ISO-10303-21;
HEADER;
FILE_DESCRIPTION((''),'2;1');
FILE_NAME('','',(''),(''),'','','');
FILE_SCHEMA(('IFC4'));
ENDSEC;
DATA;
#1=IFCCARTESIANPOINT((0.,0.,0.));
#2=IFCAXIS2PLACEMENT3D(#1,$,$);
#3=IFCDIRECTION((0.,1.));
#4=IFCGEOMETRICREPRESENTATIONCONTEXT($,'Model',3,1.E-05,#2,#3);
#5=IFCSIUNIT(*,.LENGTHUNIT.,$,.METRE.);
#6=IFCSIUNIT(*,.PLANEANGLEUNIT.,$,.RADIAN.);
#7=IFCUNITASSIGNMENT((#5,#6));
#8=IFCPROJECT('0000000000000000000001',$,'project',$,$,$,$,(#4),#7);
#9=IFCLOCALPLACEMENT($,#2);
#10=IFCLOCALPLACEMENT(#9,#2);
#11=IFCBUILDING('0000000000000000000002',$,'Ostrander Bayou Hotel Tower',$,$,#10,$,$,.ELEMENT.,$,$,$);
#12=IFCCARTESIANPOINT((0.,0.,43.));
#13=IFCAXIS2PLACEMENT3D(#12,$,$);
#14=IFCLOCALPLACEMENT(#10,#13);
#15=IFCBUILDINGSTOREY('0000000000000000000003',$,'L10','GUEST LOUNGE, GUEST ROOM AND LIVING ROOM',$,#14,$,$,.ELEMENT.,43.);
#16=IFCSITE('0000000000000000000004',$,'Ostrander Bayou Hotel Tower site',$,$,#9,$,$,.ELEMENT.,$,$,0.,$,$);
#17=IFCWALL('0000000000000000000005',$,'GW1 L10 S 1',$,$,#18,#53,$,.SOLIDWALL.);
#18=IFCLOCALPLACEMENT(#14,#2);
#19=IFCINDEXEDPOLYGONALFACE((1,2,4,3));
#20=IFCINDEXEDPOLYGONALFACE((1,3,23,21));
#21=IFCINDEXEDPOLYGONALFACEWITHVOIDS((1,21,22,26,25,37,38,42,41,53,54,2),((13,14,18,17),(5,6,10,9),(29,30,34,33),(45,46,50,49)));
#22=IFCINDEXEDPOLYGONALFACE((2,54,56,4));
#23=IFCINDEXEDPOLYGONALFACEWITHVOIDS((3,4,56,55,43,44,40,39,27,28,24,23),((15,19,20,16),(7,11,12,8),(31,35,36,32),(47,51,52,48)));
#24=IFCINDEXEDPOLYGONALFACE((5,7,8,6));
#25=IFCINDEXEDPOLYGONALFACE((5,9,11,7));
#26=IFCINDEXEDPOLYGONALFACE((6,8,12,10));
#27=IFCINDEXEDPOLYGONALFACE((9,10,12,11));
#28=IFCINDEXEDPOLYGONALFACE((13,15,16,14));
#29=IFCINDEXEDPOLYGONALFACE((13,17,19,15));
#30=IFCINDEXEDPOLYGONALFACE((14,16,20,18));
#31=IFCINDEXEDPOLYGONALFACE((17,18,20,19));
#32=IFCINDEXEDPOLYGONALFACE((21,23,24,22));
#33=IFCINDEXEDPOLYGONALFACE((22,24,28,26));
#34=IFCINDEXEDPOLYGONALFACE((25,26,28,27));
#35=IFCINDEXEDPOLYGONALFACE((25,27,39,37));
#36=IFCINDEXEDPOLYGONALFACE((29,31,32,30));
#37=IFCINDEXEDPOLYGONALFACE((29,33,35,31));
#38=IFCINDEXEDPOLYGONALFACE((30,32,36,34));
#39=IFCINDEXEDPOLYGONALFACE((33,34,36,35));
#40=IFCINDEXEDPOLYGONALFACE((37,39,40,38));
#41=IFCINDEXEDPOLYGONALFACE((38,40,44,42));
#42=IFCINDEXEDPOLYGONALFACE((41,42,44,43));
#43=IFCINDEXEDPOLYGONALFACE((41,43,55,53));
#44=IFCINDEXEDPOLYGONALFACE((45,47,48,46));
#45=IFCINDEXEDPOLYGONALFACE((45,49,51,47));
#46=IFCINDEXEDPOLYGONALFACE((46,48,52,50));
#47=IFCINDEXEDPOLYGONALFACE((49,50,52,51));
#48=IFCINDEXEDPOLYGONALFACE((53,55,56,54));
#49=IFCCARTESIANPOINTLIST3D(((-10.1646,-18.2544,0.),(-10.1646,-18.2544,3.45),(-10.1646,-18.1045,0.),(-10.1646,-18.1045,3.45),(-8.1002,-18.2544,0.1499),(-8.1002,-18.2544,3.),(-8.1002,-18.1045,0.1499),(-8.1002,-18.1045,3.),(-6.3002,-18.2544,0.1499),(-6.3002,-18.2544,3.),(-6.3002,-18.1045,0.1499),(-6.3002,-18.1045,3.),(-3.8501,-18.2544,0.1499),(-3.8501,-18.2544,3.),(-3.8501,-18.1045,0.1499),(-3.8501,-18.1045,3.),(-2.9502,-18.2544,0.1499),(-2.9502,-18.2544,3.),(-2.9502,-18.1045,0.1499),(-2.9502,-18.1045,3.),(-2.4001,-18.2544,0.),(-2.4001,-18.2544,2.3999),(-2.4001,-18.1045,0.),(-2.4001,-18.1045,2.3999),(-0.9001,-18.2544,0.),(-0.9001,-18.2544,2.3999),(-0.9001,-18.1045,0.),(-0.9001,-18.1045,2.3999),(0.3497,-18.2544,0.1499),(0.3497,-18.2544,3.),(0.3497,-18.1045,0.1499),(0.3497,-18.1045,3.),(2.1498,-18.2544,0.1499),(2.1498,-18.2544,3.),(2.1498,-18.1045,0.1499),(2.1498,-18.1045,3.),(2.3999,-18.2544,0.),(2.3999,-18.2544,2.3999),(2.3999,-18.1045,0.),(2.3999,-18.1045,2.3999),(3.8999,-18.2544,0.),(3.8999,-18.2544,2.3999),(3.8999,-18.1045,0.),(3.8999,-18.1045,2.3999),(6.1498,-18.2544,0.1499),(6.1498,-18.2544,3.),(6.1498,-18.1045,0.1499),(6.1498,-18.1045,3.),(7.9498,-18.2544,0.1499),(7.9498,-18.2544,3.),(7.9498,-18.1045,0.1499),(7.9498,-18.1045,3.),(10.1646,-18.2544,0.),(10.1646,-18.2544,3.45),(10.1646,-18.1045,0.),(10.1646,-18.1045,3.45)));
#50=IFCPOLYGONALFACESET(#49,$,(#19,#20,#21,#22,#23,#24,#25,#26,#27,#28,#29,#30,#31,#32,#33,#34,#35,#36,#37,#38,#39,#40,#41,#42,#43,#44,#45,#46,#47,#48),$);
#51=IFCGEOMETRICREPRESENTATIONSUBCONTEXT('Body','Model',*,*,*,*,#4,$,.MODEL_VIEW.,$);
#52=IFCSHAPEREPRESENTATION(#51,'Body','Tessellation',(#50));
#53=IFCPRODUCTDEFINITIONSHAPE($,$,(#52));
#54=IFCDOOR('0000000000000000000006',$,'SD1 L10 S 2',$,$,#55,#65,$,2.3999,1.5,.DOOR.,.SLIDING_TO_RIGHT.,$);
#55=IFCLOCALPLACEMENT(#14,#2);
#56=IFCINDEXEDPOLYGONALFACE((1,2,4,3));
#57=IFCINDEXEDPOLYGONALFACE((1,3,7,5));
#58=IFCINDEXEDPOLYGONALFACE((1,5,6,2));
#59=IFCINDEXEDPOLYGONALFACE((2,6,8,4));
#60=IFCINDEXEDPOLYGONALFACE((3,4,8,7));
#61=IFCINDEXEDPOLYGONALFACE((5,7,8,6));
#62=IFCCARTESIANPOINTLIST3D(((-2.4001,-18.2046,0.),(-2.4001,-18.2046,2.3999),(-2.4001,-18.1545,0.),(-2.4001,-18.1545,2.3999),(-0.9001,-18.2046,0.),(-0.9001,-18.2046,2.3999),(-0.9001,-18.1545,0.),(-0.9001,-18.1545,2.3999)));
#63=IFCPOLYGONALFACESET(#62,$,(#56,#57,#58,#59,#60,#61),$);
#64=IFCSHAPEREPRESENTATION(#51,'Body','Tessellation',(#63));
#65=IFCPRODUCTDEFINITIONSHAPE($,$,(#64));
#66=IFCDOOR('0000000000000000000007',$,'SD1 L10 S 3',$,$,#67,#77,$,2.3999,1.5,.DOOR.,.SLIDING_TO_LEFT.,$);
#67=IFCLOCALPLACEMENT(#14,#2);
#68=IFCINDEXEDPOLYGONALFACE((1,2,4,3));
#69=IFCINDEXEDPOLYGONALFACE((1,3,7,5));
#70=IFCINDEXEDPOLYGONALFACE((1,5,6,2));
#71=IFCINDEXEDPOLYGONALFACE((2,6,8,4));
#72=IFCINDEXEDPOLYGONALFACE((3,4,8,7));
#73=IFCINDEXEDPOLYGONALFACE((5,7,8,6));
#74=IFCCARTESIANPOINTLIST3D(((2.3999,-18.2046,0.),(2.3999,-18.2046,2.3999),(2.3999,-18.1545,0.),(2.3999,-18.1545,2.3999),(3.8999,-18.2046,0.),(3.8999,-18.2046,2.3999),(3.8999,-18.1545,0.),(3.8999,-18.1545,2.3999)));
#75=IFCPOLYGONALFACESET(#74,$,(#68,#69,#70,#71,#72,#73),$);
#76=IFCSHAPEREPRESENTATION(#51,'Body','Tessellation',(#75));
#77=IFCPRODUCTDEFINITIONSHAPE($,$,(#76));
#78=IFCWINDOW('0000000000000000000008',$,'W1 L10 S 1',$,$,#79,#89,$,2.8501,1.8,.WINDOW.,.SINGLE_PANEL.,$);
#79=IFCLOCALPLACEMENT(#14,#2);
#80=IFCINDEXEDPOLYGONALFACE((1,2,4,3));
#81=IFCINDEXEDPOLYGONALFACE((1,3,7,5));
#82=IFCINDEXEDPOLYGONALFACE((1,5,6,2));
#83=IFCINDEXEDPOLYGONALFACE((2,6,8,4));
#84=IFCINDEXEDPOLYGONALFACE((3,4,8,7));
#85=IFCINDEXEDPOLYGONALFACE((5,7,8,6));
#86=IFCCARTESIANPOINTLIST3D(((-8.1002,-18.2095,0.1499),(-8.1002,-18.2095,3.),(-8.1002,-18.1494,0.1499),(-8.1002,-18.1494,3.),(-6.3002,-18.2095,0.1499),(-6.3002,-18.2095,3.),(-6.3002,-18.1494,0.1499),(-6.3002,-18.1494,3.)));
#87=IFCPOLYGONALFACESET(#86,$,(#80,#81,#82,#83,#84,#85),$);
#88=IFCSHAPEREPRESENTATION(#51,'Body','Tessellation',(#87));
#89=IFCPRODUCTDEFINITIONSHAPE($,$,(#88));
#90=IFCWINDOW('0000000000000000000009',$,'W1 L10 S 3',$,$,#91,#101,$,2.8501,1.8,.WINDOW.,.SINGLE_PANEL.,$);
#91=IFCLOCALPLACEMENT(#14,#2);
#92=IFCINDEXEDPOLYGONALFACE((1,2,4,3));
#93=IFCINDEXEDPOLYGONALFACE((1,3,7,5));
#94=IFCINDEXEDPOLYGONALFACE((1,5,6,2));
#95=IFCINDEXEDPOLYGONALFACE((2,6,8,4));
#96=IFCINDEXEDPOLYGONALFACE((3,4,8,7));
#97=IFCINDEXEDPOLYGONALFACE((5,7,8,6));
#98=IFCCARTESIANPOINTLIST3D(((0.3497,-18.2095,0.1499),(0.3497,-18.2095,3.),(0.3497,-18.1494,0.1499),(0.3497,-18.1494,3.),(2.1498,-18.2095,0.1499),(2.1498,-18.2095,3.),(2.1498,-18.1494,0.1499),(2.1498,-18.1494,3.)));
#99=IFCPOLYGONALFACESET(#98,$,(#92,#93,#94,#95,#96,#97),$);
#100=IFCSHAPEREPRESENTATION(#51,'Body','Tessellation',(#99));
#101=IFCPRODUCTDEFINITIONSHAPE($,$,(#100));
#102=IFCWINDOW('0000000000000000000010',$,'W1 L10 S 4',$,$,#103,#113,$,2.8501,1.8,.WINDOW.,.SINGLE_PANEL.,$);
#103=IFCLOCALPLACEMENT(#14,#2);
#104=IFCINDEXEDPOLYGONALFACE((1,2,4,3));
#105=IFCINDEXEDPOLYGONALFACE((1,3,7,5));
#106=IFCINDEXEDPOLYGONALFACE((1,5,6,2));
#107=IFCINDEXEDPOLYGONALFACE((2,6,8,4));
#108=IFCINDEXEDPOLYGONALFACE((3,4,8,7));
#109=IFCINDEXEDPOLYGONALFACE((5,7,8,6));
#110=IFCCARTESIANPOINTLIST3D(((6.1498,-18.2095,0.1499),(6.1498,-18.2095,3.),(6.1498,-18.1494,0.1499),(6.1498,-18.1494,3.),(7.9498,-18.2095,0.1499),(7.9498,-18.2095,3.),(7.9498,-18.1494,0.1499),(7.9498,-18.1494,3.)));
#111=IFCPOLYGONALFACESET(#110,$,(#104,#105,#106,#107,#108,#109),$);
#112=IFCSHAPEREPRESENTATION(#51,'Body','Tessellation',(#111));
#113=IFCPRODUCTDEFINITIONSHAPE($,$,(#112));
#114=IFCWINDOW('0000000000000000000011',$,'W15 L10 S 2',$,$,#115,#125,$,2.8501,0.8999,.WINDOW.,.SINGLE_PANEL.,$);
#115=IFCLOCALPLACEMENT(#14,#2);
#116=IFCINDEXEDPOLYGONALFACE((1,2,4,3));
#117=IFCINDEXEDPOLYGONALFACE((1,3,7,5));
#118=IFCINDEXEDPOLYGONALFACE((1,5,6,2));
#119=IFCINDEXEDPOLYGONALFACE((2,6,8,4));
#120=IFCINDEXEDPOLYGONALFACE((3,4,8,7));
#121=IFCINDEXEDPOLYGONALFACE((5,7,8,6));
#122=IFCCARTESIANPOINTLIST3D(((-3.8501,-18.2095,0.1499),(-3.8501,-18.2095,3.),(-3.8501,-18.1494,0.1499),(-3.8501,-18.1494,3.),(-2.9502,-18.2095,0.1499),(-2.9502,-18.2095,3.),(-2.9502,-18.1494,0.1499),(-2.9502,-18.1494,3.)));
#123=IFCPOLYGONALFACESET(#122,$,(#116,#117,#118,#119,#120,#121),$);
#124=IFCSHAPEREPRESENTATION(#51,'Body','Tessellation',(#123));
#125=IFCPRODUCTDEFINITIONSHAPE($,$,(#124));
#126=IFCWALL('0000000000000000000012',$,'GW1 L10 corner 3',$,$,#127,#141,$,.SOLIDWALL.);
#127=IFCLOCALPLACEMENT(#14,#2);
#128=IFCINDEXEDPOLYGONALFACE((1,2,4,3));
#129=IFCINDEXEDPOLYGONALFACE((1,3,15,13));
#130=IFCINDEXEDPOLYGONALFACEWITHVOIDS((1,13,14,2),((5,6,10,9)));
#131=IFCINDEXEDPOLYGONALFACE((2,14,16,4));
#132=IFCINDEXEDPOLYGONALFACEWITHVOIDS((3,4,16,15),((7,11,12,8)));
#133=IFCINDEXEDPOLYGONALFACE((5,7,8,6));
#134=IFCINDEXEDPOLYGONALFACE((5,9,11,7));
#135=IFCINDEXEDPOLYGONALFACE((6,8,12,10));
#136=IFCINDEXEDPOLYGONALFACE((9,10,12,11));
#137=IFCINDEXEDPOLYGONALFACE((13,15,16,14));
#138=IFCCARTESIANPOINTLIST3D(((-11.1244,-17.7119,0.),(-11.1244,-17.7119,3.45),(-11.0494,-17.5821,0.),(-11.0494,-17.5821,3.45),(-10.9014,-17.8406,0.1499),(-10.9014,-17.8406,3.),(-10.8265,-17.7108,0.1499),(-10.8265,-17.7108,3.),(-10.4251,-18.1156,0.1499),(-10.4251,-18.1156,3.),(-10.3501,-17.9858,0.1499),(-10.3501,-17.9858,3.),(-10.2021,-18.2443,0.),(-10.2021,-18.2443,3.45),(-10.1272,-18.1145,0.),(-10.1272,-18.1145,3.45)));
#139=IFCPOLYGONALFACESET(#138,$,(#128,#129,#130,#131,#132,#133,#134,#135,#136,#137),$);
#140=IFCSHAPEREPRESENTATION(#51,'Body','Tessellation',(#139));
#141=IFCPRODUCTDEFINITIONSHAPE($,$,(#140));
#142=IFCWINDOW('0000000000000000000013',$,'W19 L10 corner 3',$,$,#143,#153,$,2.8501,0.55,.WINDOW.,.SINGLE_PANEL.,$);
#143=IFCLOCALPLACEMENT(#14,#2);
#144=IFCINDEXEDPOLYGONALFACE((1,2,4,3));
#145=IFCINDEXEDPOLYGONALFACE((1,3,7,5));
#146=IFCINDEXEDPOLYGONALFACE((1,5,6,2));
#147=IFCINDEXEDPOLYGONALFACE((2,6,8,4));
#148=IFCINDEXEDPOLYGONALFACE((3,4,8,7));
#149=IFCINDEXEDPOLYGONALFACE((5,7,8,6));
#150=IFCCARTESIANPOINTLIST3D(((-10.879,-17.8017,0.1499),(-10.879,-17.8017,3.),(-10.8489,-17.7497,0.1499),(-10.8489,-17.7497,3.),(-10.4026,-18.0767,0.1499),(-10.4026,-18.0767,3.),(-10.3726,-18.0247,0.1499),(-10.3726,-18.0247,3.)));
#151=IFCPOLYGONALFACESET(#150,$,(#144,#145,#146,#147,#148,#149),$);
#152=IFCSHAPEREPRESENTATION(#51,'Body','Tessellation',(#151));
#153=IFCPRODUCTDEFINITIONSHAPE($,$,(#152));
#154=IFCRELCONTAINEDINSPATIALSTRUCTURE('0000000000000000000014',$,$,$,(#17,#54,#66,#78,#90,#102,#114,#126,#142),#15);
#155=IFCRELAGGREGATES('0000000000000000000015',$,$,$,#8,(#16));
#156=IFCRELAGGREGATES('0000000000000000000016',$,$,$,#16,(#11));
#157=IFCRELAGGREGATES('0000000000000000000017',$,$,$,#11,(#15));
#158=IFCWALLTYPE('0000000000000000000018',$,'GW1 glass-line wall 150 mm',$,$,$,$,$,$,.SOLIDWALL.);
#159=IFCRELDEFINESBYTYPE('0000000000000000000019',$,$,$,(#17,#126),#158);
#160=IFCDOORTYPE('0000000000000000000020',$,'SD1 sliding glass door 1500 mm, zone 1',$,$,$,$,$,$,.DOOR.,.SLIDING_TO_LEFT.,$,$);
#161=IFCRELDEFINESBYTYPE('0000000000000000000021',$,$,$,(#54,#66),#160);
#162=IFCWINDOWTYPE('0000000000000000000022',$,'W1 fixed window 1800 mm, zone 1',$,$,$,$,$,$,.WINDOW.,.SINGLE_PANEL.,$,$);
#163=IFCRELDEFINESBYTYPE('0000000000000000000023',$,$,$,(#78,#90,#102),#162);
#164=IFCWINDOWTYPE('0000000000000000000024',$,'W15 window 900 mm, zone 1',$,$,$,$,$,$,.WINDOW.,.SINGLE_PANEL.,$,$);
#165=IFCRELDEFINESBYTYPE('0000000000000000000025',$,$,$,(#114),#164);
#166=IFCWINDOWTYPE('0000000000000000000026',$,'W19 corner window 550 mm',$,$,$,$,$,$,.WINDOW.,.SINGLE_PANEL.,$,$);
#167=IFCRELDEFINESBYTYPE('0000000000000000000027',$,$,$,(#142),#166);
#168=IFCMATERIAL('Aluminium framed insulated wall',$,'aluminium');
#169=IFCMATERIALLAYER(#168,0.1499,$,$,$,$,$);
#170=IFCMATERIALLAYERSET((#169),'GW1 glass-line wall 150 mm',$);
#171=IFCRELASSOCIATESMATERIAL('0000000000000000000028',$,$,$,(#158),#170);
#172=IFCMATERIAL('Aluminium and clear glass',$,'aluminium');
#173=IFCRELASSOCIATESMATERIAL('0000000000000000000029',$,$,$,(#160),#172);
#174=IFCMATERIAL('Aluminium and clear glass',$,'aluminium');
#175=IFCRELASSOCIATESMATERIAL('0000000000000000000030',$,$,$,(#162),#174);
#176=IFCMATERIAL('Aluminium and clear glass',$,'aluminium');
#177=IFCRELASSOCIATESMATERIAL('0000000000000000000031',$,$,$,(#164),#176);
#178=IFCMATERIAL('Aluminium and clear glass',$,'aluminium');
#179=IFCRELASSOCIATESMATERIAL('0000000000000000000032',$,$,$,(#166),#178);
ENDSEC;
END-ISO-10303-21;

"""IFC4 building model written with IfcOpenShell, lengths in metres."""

from ifc_helpers import new_model, si_unit, direction, frame, frame_2d, origin, place, context, subcontext, project, spatial, rectangle, extrude, material, layer, layer_set, type_object, element, fill, save


model = new_model("IFC4")

# Units and contexts
model_context = context("Model", 3, precision=1e-05, world=origin(), true_north=direction((0.0, 1.0)))
body_context = subcontext(model_context, "Body", "Model", "MODEL_VIEW")
ifc_project = project(units=[si_unit("LENGTHUNIT", "METRE"), si_unit("PLANEANGLEUNIT", "RADIAN")], contexts=[model_context])

# Site, building, storey
site_placement = place(None, origin())
site = spatial("IfcSite", under=ifc_project, at=site_placement, Name="Ostrander Bayou Hotel Tower site", CompositionType="ELEMENT", RefElevation=0.0)
building_placement = place(site_placement, origin())
building = spatial("IfcBuilding", under=site, at=building_placement, Name="Ostrander Bayou Hotel Tower", CompositionType="ELEMENT")
storey_placement = place(building_placement, frame((0.0, 0.0, 43.0)))
storey = spatial("IfcBuildingStorey", under=building, at=storey_placement, Name="L10", Description="GUEST LOUNGE, GUEST ROOM AND LIVING ROOM", CompositionType="ELEMENT", Elevation=43.0)

# Wall, openings, doors, windows
ifc_material_1 = material(Name="Aluminium framed insulated wall", Category="aluminium")
ifc_layer_1 = layer(ifc_material_1, 0.1499)
ifc_layer_set_1 = layer_set([ifc_layer_1], Name="GW1 glass-line wall 150 mm")
wall_type_1 = type_object("IfcWallType", Name="GW1 glass-line wall 150 mm", PredefinedType="SOLIDWALL", material=ifc_layer_set_1)
wall_1_placement = place(storey_placement, frame((-10.1646, -18.1794, 0.0), z_axis=(0.0, 0.0, 1.0), x_axis=(1.0, 0.0, 0.0)))
wall_1 = element("IfcWall", 1, at=wall_1_placement, inside=storey, type_object=wall_type_1, Name="GW1 L10 S 1", PredefinedType="SOLIDWALL", context=body_context, shape_type="SweptSolid", body=[
    extrude(rectangle(XDim=20.3291, YDim=0.1499, at=frame_2d((10.1646, 0.0))), origin(), (0.0, 0.0, 1.0), 3.45),
])
opening_1_placement = place(wall_1_placement, frame((2.0645, 0.0, 0.1499)))
opening_1 = element("IfcOpeningElement", 2, at=opening_1_placement, cuts=wall_1, PredefinedType="OPENING", context=body_context, shape_type="SweptSolid", body=[
    extrude(rectangle(XDim=1.8, YDim=2.8501, at=frame_2d((0.8999, 1.425))), frame((0.0, 0.075, 0.0), z_axis=(0.0, -1.0, 0.0), x_axis=(1.0, 0.0, 0.0)), (0.0, 0.0, 1.0), 0.1499),
])
opening_2_placement = place(wall_1_placement, frame((6.3145, 0.0, 0.1499)))
opening_2 = element("IfcOpeningElement", 3, at=opening_2_placement, cuts=wall_1, PredefinedType="OPENING", context=body_context, shape_type="SweptSolid", body=[
    extrude(rectangle(XDim=0.8999, YDim=2.8501, at=frame_2d((0.45, 1.425))), frame((0.0, 0.075, 0.0), z_axis=(0.0, -1.0, 0.0), x_axis=(1.0, 0.0, 0.0)), (0.0, 0.0, 1.0), 0.1499),
])
opening_3_placement = place(wall_1_placement, frame((7.7644, 0.0, 0.0)))
opening_3 = element("IfcOpeningElement", 4, at=opening_3_placement, cuts=wall_1, PredefinedType="OPENING", context=body_context, shape_type="SweptSolid", body=[
    extrude(rectangle(XDim=1.5, YDim=2.3999, at=frame_2d((0.75, 1.2))), frame((0.0, 0.075, 0.0), z_axis=(0.0, -1.0, 0.0), x_axis=(1.0, 0.0, 0.0)), (0.0, 0.0, 1.0), 0.1499),
])
opening_4_placement = place(wall_1_placement, frame((10.5144, 0.0, 0.1499)))
opening_4 = element("IfcOpeningElement", 5, at=opening_4_placement, cuts=wall_1, PredefinedType="OPENING", context=body_context, shape_type="SweptSolid", body=[
    extrude(rectangle(XDim=1.8, YDim=2.8501, at=frame_2d((0.8999, 1.425))), frame((0.0, 0.075, 0.0), z_axis=(0.0, -1.0, 0.0), x_axis=(1.0, 0.0, 0.0)), (0.0, 0.0, 1.0), 0.1499),
])
opening_5_placement = place(wall_1_placement, frame((12.5645, 0.0, 0.0)))
opening_5 = element("IfcOpeningElement", 6, at=opening_5_placement, cuts=wall_1, PredefinedType="OPENING", context=body_context, shape_type="SweptSolid", body=[
    extrude(rectangle(XDim=1.5, YDim=2.3999, at=frame_2d((0.75, 1.2))), frame((0.0, 0.075, 0.0), z_axis=(0.0, -1.0, 0.0), x_axis=(1.0, 0.0, 0.0)), (0.0, 0.0, 1.0), 0.1499),
])
opening_6_placement = place(wall_1_placement, frame((16.3145, 0.0, 0.1499)))
opening_6 = element("IfcOpeningElement", 7, at=opening_6_placement, cuts=wall_1, PredefinedType="OPENING", context=body_context, shape_type="SweptSolid", body=[
    extrude(rectangle(XDim=1.8, YDim=2.8501, at=frame_2d((0.8999, 1.425))), frame((0.0, 0.075, 0.0), z_axis=(0.0, -1.0, 0.0), x_axis=(1.0, 0.0, 0.0)), (0.0, 0.0, 1.0), 0.1499),
])
ifc_material_2 = material(Name="Aluminium and clear glass", Category="aluminium")
door_type = type_object("IfcDoorType", Name="SD1 sliding glass door 1500 mm, zone 1", OperationType="SLIDING_TO_LEFT", PredefinedType="DOOR", material=ifc_material_2)
door_1_placement = place(opening_3_placement, origin())
door_1 = element("IfcDoor", 8, at=door_1_placement, inside=storey, type_object=door_type, Name="SD1 L10 S 2", OperationType="SLIDING_TO_RIGHT", OverallHeight=2.3999, OverallWidth=1.5, PredefinedType="DOOR", context=body_context, shape_type="SweptSolid", body=[
    extrude(rectangle(XDim=1.5, YDim=2.3999, at=frame_2d((0.75, 1.2))), frame((0.0, 0.0249, 0.0), z_axis=(0.0, -1.0, 0.0), x_axis=(1.0, 0.0, 0.0)), (0.0, 0.0, 1.0), 0.05),
])
fill(opening_3, door_1)
door_2_placement = place(opening_5_placement, origin())
door_2 = element("IfcDoor", 9, at=door_2_placement, inside=storey, type_object=door_type, Name="SD1 L10 S 3", OperationType="SLIDING_TO_LEFT", OverallHeight=2.3999, OverallWidth=1.5, PredefinedType="DOOR", context=body_context, shape_type="SweptSolid", body=[
    extrude(rectangle(XDim=1.5, YDim=2.3999, at=frame_2d((0.75, 1.2))), frame((0.0, 0.0249, 0.0), z_axis=(0.0, -1.0, 0.0), x_axis=(1.0, 0.0, 0.0)), (0.0, 0.0, 1.0), 0.05),
])
fill(opening_5, door_2)
ifc_material_3 = material(Name="Aluminium and clear glass", Category="aluminium")
window_type_1 = type_object("IfcWindowType", Name="W1 fixed window 1800 mm, zone 1", PartitioningType="SINGLE_PANEL", PredefinedType="WINDOW", material=ifc_material_3)
window_1_placement = place(opening_1_placement, origin())
window_1 = element("IfcWindow", 10, at=window_1_placement, inside=storey, type_object=window_type_1, Name="W1 L10 S 1", OverallHeight=2.8501, OverallWidth=1.8, PartitioningType="SINGLE_PANEL", PredefinedType="WINDOW", context=body_context, shape_type="SweptSolid", body=[
    extrude(rectangle(XDim=1.8, YDim=2.8501, at=frame_2d((0.8999, 1.425))), frame((0.0, 0.03, 0.0), z_axis=(0.0, -1.0, 0.0), x_axis=(1.0, 0.0, 0.0)), (0.0, 0.0, 1.0), 0.0601),
])
fill(opening_1, window_1)
window_2_placement = place(opening_4_placement, origin())
window_2 = element("IfcWindow", 11, at=window_2_placement, inside=storey, type_object=window_type_1, Name="W1 L10 S 3", OverallHeight=2.8501, OverallWidth=1.8, PartitioningType="SINGLE_PANEL", PredefinedType="WINDOW", context=body_context, shape_type="SweptSolid", body=[
    extrude(rectangle(XDim=1.8, YDim=2.8501, at=frame_2d((0.8999, 1.425))), frame((0.0, 0.03, 0.0), z_axis=(0.0, -1.0, 0.0), x_axis=(1.0, 0.0, 0.0)), (0.0, 0.0, 1.0), 0.0601),
])
fill(opening_4, window_2)
window_3_placement = place(opening_6_placement, origin())
window_3 = element("IfcWindow", 12, at=window_3_placement, inside=storey, type_object=window_type_1, Name="W1 L10 S 4", OverallHeight=2.8501, OverallWidth=1.8, PartitioningType="SINGLE_PANEL", PredefinedType="WINDOW", context=body_context, shape_type="SweptSolid", body=[
    extrude(rectangle(XDim=1.8, YDim=2.8501, at=frame_2d((0.8999, 1.425))), frame((0.0, 0.03, 0.0), z_axis=(0.0, -1.0, 0.0), x_axis=(1.0, 0.0, 0.0)), (0.0, 0.0, 1.0), 0.0601),
])
fill(opening_6, window_3)
ifc_material_4 = material(Name="Aluminium and clear glass", Category="aluminium")
window_type_2 = type_object("IfcWindowType", Name="W15 window 900 mm, zone 1", PartitioningType="SINGLE_PANEL", PredefinedType="WINDOW", material=ifc_material_4)
window_4_placement = place(opening_2_placement, origin())
window_4 = element("IfcWindow", 13, at=window_4_placement, inside=storey, type_object=window_type_2, Name="W15 L10 S 2", OverallHeight=2.8501, OverallWidth=0.8999, PartitioningType="SINGLE_PANEL", PredefinedType="WINDOW", context=body_context, shape_type="SweptSolid", body=[
    extrude(rectangle(XDim=0.8999, YDim=2.8501, at=frame_2d((0.45, 1.425))), frame((0.0, 0.03, 0.0), z_axis=(0.0, -1.0, 0.0), x_axis=(1.0, 0.0, 0.0)), (0.0, 0.0, 1.0), 0.0601),
])
fill(opening_2, window_4)

# Wall, opening, window
wall_2_placement = place(storey_placement, frame((-11.0869, -17.647, 0.0), z_axis=(0.0, 0.0, 1.0), x_axis=(0.866048, -0.499961, 0.0)))
wall_2 = element("IfcWall", 14, at=wall_2_placement, inside=storey, type_object=wall_type_1, Name="GW1 L10 corner 3", PredefinedType="SOLIDWALL", context=body_context, shape_type="SweptSolid", body=[
    extrude(rectangle(XDim=1.0649, YDim=0.1499, at=frame_2d((0.5325, 0.0))), origin(), (0.0, 0.0, 1.0), 3.45),
])
opening_7_placement = place(wall_2_placement, frame((0.2576, 0.0, 0.1499)))
opening_7 = element("IfcOpeningElement", 15, at=opening_7_placement, cuts=wall_2, PredefinedType="OPENING", context=body_context, shape_type="SweptSolid", body=[
    extrude(rectangle(XDim=0.55, YDim=2.8501, at=frame_2d((0.2749, 1.425))), frame((0.0, 0.075, 0.0), z_axis=(0.0, -1.0, 0.0), x_axis=(1.0, 0.0, 0.0)), (0.0, 0.0, 1.0), 0.1499),
])
ifc_material_5 = material(Name="Aluminium and clear glass", Category="aluminium")
window_type_3 = type_object("IfcWindowType", Name="W19 corner window 550 mm", PartitioningType="SINGLE_PANEL", PredefinedType="WINDOW", material=ifc_material_5)
window_5_placement = place(opening_7_placement, origin())
window_5 = element("IfcWindow", 16, at=window_5_placement, inside=storey, type_object=window_type_3, Name="W19 L10 corner 3", OverallHeight=2.8501, OverallWidth=0.55, PartitioningType="SINGLE_PANEL", PredefinedType="WINDOW", context=body_context, shape_type="SweptSolid", body=[
    extrude(rectangle(XDim=0.55, YDim=2.8501, at=frame_2d((0.2749, 1.425))), frame((0.0, 0.03, 0.0), z_axis=(0.0, -1.0, 0.0), x_axis=(1.0, 0.0, 0.0)), (0.0, 0.0, 1.0), 0.0601),
])
fill(opening_7, window_5)

save(model, "model.ifc")
